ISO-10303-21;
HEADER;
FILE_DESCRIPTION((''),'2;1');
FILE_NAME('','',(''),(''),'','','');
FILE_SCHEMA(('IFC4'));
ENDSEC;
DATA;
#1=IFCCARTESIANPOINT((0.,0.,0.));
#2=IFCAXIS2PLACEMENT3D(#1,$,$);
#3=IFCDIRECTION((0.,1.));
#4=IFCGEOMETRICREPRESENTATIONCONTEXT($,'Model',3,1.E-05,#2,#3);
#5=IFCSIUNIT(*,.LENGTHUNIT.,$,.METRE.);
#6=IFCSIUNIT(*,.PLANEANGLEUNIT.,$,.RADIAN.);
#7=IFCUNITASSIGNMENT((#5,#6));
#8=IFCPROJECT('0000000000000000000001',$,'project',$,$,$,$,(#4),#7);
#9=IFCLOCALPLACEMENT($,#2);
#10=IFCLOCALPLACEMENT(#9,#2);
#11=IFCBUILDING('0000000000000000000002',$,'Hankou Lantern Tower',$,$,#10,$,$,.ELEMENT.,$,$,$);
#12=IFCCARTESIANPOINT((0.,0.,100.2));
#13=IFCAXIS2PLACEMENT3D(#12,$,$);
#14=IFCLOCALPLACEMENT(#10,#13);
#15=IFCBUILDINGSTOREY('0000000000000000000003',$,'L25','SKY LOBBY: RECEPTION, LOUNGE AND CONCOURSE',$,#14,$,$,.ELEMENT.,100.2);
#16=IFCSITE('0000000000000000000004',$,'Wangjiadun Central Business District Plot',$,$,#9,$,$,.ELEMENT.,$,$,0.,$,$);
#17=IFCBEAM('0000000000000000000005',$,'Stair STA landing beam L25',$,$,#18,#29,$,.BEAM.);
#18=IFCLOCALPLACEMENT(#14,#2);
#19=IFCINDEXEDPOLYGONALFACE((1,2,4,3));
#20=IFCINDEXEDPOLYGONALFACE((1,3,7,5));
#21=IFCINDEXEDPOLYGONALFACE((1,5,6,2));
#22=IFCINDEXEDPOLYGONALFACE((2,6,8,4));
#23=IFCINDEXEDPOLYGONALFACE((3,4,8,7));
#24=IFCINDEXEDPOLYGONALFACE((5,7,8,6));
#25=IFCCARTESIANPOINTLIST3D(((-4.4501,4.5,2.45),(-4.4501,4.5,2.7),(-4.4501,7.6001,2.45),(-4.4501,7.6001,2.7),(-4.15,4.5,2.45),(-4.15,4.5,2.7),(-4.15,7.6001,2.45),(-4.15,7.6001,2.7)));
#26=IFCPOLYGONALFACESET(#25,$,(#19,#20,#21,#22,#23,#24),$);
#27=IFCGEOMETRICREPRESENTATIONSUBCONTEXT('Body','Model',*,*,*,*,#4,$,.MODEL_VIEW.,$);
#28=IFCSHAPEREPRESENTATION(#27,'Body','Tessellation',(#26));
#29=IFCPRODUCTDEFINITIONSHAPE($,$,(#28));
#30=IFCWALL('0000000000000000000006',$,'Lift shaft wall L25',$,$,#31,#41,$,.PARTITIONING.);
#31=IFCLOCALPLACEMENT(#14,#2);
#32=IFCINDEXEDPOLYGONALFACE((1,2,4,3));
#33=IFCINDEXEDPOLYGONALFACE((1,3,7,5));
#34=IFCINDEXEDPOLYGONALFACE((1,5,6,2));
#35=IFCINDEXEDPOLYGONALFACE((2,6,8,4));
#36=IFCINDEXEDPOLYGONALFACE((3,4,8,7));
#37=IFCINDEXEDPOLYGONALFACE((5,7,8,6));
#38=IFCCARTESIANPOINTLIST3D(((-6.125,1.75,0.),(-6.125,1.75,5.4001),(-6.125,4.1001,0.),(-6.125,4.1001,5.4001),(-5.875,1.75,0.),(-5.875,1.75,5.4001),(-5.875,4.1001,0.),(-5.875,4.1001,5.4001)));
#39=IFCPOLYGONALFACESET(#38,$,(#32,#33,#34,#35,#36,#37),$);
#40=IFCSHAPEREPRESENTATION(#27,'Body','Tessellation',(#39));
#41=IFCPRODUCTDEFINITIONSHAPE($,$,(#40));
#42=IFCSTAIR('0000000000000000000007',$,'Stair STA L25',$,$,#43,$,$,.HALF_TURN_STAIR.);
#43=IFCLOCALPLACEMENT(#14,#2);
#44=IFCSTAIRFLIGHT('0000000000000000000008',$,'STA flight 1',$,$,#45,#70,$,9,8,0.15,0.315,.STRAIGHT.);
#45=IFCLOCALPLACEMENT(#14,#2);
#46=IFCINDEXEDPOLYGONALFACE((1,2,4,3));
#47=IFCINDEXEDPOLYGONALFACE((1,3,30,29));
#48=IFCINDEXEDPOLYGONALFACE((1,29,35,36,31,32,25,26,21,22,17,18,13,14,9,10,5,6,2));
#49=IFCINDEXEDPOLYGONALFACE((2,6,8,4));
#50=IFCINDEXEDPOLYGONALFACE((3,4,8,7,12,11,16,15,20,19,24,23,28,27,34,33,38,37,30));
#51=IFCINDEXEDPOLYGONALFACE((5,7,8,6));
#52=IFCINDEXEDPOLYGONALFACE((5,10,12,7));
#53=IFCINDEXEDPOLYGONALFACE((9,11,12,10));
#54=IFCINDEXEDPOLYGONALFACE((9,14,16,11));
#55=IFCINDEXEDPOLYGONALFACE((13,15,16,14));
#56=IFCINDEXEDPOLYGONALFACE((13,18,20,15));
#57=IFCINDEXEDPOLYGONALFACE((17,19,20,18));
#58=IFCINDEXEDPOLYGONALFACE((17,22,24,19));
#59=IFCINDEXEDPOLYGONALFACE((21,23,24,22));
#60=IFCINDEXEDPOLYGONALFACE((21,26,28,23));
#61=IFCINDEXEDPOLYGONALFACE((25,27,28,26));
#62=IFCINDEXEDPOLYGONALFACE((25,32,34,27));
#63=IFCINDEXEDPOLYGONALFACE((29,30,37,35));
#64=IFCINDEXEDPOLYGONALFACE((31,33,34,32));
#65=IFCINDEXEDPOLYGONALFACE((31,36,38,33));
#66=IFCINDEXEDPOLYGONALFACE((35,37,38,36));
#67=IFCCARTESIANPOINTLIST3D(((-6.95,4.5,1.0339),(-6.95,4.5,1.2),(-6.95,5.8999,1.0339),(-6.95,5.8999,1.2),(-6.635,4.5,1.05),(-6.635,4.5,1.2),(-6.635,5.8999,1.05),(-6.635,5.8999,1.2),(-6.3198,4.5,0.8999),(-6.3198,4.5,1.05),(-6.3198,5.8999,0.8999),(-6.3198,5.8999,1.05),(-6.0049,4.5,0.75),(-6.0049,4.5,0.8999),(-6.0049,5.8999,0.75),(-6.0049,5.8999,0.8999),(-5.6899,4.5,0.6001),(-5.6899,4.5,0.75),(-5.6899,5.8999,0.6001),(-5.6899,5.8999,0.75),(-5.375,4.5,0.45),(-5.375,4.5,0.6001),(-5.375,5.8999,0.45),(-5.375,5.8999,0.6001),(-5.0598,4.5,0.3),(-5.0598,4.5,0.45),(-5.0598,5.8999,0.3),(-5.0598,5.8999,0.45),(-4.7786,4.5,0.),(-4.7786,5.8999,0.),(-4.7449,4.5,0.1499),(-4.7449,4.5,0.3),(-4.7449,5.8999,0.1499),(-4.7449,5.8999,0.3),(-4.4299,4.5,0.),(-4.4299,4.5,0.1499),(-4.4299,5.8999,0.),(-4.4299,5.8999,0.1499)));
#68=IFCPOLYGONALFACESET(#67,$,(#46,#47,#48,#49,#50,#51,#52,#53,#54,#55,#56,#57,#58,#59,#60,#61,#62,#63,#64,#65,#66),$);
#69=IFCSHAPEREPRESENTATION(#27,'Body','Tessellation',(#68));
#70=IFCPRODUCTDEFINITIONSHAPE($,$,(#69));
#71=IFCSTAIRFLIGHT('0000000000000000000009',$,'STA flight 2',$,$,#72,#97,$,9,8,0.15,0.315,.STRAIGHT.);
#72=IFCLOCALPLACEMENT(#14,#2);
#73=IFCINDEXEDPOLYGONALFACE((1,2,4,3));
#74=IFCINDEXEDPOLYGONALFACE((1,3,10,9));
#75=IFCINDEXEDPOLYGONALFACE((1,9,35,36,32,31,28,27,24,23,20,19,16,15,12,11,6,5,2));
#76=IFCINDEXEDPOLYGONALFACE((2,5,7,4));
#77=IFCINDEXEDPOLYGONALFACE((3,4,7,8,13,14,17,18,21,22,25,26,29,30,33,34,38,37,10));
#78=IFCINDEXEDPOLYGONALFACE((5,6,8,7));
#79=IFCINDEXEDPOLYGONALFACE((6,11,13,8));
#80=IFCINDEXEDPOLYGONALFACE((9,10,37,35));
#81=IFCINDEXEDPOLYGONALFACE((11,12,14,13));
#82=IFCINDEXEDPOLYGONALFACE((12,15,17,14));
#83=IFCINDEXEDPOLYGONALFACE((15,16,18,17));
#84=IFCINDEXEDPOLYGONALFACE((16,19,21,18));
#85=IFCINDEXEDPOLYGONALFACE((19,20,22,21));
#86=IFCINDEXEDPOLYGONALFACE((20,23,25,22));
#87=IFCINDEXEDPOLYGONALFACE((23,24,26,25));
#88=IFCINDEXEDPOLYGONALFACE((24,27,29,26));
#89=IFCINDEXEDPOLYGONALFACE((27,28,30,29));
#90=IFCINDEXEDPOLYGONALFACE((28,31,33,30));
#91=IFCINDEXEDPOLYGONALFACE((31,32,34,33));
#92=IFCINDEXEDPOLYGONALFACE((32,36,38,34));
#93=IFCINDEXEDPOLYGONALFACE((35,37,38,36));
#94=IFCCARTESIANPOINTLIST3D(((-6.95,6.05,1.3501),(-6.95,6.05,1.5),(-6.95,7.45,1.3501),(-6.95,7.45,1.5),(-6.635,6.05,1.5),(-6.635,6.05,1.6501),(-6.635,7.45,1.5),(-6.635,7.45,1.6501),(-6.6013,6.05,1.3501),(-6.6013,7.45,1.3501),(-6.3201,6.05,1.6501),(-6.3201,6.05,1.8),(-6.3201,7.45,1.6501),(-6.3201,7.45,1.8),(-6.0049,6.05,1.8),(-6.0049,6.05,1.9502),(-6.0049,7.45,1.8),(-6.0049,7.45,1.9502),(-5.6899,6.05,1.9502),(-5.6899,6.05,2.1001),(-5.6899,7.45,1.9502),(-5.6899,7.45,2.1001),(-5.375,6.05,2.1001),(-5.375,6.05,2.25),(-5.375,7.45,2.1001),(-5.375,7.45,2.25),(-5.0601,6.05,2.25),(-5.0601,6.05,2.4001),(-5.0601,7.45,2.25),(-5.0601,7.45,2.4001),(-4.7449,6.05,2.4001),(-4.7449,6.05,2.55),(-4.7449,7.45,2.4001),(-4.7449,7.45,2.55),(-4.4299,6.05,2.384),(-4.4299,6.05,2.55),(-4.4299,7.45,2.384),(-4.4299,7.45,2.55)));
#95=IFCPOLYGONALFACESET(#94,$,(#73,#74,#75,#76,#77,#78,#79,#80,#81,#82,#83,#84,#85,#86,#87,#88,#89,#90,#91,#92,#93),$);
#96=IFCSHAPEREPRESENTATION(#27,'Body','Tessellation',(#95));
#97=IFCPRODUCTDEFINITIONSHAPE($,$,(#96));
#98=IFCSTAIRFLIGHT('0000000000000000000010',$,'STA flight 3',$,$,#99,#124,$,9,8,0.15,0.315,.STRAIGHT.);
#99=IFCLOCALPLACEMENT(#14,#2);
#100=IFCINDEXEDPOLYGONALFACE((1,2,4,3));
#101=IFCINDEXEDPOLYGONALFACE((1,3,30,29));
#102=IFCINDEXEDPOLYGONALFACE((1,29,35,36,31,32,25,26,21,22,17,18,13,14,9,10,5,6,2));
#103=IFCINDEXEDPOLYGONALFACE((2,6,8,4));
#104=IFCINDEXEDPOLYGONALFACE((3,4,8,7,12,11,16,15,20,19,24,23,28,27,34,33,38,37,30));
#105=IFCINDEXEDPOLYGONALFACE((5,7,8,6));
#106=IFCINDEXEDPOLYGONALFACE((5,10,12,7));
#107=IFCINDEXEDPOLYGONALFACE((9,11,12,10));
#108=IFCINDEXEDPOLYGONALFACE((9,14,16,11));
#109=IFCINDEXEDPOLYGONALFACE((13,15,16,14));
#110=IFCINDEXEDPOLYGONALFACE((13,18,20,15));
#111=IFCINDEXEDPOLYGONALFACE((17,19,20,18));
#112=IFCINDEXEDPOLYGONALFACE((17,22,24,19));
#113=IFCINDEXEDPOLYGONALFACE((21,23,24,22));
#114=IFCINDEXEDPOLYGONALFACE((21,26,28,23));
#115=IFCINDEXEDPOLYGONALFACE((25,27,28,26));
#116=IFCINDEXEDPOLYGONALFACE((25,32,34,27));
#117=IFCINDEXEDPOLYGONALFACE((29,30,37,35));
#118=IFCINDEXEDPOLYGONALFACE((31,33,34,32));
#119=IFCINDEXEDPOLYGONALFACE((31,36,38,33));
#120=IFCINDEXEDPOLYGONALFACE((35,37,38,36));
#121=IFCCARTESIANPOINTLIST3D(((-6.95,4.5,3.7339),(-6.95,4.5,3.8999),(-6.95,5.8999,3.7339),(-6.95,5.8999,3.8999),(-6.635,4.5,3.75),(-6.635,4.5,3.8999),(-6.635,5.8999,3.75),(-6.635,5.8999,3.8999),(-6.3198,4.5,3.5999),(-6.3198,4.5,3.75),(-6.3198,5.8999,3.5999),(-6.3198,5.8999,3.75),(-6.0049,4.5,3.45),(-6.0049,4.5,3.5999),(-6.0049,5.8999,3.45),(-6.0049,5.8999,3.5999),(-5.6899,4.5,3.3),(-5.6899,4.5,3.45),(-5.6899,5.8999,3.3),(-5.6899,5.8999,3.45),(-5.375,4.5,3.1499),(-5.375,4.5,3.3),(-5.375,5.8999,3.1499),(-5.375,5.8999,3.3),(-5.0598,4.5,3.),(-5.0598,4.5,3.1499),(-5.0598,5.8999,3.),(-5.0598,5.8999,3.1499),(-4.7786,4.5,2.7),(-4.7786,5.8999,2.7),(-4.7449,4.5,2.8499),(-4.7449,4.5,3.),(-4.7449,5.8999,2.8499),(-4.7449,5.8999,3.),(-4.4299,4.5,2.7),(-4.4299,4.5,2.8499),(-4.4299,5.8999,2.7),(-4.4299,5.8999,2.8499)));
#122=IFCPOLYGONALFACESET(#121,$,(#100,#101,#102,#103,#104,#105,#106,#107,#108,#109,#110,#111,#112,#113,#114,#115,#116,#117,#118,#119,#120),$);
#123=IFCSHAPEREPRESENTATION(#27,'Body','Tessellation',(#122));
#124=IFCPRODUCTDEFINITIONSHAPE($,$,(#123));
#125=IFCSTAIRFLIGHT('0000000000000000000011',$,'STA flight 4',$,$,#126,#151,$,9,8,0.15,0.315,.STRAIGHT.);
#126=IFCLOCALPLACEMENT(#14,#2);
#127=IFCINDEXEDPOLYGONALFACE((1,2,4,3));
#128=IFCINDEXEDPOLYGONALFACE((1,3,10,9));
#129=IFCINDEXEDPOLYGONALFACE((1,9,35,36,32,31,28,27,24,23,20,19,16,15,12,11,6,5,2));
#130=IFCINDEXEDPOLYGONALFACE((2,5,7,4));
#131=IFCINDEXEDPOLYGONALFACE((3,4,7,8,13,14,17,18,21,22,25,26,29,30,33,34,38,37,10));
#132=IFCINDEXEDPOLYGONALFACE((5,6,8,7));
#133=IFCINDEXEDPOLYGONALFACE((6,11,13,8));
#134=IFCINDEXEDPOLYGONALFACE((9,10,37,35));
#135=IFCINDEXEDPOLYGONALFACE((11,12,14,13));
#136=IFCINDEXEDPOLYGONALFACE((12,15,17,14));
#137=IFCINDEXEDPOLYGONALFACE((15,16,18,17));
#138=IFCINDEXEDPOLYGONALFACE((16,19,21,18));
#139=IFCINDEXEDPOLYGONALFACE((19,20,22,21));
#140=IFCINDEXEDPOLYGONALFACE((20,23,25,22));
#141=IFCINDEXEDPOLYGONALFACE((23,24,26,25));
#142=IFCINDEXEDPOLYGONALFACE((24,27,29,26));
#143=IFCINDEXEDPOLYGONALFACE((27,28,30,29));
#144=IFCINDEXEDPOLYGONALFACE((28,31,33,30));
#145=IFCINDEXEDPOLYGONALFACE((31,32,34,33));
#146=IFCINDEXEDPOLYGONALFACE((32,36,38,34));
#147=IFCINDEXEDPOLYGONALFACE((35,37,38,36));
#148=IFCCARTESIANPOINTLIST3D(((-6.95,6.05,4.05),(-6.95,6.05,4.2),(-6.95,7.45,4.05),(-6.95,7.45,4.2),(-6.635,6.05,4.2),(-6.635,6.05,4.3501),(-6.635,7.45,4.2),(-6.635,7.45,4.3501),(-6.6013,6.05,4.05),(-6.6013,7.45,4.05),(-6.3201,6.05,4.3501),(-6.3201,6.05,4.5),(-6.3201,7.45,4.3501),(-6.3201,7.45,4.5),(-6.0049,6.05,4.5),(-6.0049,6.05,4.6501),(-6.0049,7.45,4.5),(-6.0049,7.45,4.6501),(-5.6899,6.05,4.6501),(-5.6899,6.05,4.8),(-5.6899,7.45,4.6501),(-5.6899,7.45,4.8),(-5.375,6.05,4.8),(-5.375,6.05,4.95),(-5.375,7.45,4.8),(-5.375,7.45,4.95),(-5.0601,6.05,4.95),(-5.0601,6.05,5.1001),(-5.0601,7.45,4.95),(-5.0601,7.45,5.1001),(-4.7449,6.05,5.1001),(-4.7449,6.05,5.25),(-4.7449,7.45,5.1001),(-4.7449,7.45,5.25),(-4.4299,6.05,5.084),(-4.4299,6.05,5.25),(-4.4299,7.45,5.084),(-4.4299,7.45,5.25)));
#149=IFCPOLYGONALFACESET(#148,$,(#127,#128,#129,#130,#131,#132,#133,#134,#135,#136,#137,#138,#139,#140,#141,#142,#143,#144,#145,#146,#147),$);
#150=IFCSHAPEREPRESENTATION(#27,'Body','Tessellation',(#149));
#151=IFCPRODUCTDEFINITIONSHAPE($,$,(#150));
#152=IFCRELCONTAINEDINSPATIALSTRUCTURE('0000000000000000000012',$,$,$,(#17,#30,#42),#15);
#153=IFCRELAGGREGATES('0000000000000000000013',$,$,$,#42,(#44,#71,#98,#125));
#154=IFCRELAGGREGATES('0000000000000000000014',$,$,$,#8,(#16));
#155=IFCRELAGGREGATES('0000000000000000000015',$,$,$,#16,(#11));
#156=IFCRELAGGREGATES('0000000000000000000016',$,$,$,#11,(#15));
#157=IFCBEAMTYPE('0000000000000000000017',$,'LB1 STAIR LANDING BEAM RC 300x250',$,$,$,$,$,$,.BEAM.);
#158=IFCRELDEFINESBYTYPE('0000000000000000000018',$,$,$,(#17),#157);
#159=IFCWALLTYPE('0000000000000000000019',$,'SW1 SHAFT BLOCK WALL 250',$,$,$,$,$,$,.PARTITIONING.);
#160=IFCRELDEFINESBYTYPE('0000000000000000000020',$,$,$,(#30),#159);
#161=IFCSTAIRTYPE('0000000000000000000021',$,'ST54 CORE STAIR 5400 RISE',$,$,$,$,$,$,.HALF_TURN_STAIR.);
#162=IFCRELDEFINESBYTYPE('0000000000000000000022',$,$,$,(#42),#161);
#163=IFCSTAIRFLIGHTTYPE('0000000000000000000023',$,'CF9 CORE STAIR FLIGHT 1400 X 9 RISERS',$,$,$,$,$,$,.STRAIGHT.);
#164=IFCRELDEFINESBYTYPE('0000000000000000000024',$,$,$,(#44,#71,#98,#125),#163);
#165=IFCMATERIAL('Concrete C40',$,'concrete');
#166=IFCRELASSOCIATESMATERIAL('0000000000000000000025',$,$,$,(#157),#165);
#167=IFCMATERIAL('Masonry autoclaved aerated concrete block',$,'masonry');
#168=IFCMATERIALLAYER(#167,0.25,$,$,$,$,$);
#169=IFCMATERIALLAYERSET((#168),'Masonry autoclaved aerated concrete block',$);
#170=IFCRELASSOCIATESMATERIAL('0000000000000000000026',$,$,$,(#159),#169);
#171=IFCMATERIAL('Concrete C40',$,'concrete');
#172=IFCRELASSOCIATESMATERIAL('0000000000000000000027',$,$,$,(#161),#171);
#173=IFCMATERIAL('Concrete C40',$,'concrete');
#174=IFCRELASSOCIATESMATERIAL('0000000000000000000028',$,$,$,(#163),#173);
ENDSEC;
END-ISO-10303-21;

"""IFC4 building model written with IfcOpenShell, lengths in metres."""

from ifc_helpers import new_model, si_unit, direction, frame, frame_2d, origin, origin_2d, place, context, subcontext, project, spatial, polyline, rectangle, outline, extrude, material, layer, layer_set, material_profile, profile_set, type_object, element, aggregate, save


model = new_model("IFC4")

# Units and contexts
model_context = context("Model", 3, precision=1e-05, world=origin(), true_north=direction((0.0, 1.0)))
body_context = subcontext(model_context, "Body", "Model", "MODEL_VIEW")
ifc_project = project(units=[si_unit("LENGTHUNIT", "METRE"), si_unit("PLANEANGLEUNIT", "RADIAN")], contexts=[model_context])

# Site, building, storey
site_placement = place(None, origin())
site = spatial("IfcSite", under=ifc_project, at=site_placement, Name="Wangjiadun Central Business District Plot", CompositionType="ELEMENT", RefElevation=0.0)
building_placement = place(site_placement, origin())
building = spatial("IfcBuilding", under=site, at=building_placement, Name="Hankou Lantern Tower", CompositionType="ELEMENT")
storey_placement = place(building_placement, frame((0.0, 0.0, 100.2)))
storey = spatial("IfcBuildingStorey", under=building, at=storey_placement, Name="L25", Description="SKY LOBBY: RECEPTION, LOUNGE AND CONCOURSE", CompositionType="ELEMENT", Elevation=100.2)

# Beam
ifc_material_1 = material(Name="Concrete C40", Category="concrete")
ifc_material_profile = material_profile(ifc_material_1, rectangle(XDim=0.3, YDim=0.25, at=origin_2d()), Name="RC 300x250")
ifc_profile_set = profile_set([ifc_material_profile], Name="Concrete C40")
beam_type = type_object("IfcBeamType", Name="LB1 STAIR LANDING BEAM RC 300x250", PredefinedType="BEAM", material=ifc_profile_set)
beam_placement = place(storey_placement, frame((-4.3, 4.5, 2.575), z_axis=(0.0, 1.0, 0.0), x_axis=(-1.0, 0.0, 0.0)))
element("IfcBeam", 1, at=beam_placement, inside=storey, type_object=beam_type, Name="Stair STA landing beam L25", PredefinedType="BEAM", context=body_context, shape_type="SweptSolid", body=[
    extrude(rectangle(XDim=0.3, YDim=0.25, at=origin_2d()), origin(), (0.0, 0.0, 1.0), 3.1001),
])

# Wall
ifc_material_2 = material(Name="Masonry autoclaved aerated concrete block", Category="masonry")
ifc_layer = layer(ifc_material_2, 0.25)
ifc_layer_set = layer_set([ifc_layer], Name="Masonry autoclaved aerated concrete block")
wall_type = type_object("IfcWallType", Name="SW1 SHAFT BLOCK WALL 250", PredefinedType="PARTITIONING", material=ifc_layer_set)
wall_placement = place(storey_placement, frame((-6.0, 1.75, 0.0), z_axis=(0.0, 0.0, 1.0), x_axis=(0.0, 1.0, 0.0)))
element("IfcWall", 2, at=wall_placement, inside=storey, type_object=wall_type, Name="Lift shaft wall L25", PredefinedType="PARTITIONING", context=body_context, shape_type="SweptSolid", body=[
    extrude(rectangle(XDim=2.3501, YDim=0.25, at=frame_2d((1.175, 0.0))), origin(), (0.0, 0.0, 1.0), 5.4001),
])

# Stair, stair flights
ifc_material_3 = material(Name="Concrete C40", Category="concrete")
stair_type = type_object("IfcStairType", Name="ST54 CORE STAIR 5400 RISE", PredefinedType="HALF_TURN_STAIR", material=ifc_material_3)
stair_placement = place(storey_placement, origin())
stair = element("IfcStair", 3, at=stair_placement, inside=storey, type_object=stair_type, Name="Stair STA L25", PredefinedType="HALF_TURN_STAIR")
ifc_material_4 = material(Name="Concrete C40", Category="concrete")
stair_flight_type = type_object("IfcStairFlightType", Name="CF9 CORE STAIR FLIGHT 1400 X 9 RISERS", PredefinedType="STRAIGHT", material=ifc_material_4)
stair_flight_1_placement = place(storey_placement, frame((-4.4299, 5.2, 0.0), z_axis=(0.0, 0.0, 1.0), x_axis=(-1.0, 0.0, 0.0)))
stair_flight_1 = element("IfcStairFlight", 4, at=stair_flight_1_placement, type_object=stair_flight_type, Name="STA flight 1", NumberOfRisers=9, NumberOfTreads=8, PredefinedType="STRAIGHT", RiserHeight=0.15, TreadLength=0.315, context=body_context, shape_type="SweptSolid", body=[
    extrude(outline(polyline([(0.0, 0.0), (0.0, 0.1499), (0.3149, 0.1499), (0.3149, 0.3), (0.6299, 0.3), (0.6299, 0.45), (0.9451, 0.45), (0.9451, 0.6001), (1.26, 0.6001), (1.26, 0.75), (1.575, 0.75), (1.575, 0.8999), (1.8899, 0.8999), (1.8899, 1.05), (2.2051, 1.05), (2.2051, 1.2), (2.52, 1.2), (2.52, 1.3501), (2.52, 1.0339), (0.3486, 0.0), (0.0, 0.0)])), frame((0.0, 0.7, 0.0), z_axis=(0.0, -1.0, 0.0), x_axis=(1.0, 0.0, 0.0)), (0.0, 0.0, 1.0), 1.3999),
])
stair_flight_2_placement = place(storey_placement, frame((-6.95, 6.75, 1.3501), z_axis=(0.0, 0.0, 1.0), x_axis=(1.0, 0.0, 0.0)))
stair_flight_2 = element("IfcStairFlight", 5, at=stair_flight_2_placement, type_object=stair_flight_type, Name="STA flight 2", NumberOfRisers=9, NumberOfTreads=8, PredefinedType="STRAIGHT", RiserHeight=0.15, TreadLength=0.315, context=body_context, shape_type="SweptSolid", body=[
    extrude(outline(polyline([(0.0, 0.0), (0.0, 0.1499), (0.3149, 0.1499), (0.3149, 0.3), (0.6299, 0.3), (0.6299, 0.45), (0.9451, 0.45), (0.9451, 0.6001), (1.26, 0.6001), (1.26, 0.75), (1.575, 0.75), (1.575, 0.8999), (1.8899, 0.8999), (1.8899, 1.05), (2.2051, 1.05), (2.2051, 1.2), (2.52, 1.2), (2.52, 1.3501), (2.52, 1.0339), (0.3486, 0.0), (0.0, 0.0)])), frame((0.0, 0.7, 0.0), z_axis=(0.0, -1.0, 0.0), x_axis=(1.0, 0.0, 0.0)), (0.0, 0.0, 1.0), 1.3999),
])
stair_flight_3_placement = place(storey_placement, frame((-4.4299, 5.2, 2.7), z_axis=(0.0, 0.0, 1.0), x_axis=(-1.0, 0.0, 0.0)))
stair_flight_3 = element("IfcStairFlight", 6, at=stair_flight_3_placement, type_object=stair_flight_type, Name="STA flight 3", NumberOfRisers=9, NumberOfTreads=8, PredefinedType="STRAIGHT", RiserHeight=0.15, TreadLength=0.315, context=body_context, shape_type="SweptSolid", body=[
    extrude(outline(polyline([(0.0, 0.0), (0.0, 0.1499), (0.3149, 0.1499), (0.3149, 0.3), (0.6299, 0.3), (0.6299, 0.45), (0.9451, 0.45), (0.9451, 0.6001), (1.26, 0.6001), (1.26, 0.75), (1.575, 0.75), (1.575, 0.8999), (1.8899, 0.8999), (1.8899, 1.05), (2.2051, 1.05), (2.2051, 1.2), (2.52, 1.2), (2.52, 1.3501), (2.52, 1.0339), (0.3486, 0.0), (0.0, 0.0)])), frame((0.0, 0.7, 0.0), z_axis=(0.0, -1.0, 0.0), x_axis=(1.0, 0.0, 0.0)), (0.0, 0.0, 1.0), 1.3999),
])
stair_flight_4_placement = place(storey_placement, frame((-6.95, 6.75, 4.05), z_axis=(0.0, 0.0, 1.0), x_axis=(1.0, 0.0, 0.0)))
stair_flight_4 = element("IfcStairFlight", 7, at=stair_flight_4_placement, type_object=stair_flight_type, Name="STA flight 4", NumberOfRisers=9, NumberOfTreads=8, PredefinedType="STRAIGHT", RiserHeight=0.15, TreadLength=0.315, context=body_context, shape_type="SweptSolid", body=[
    extrude(outline(polyline([(0.0, 0.0), (0.0, 0.1499), (0.3149, 0.1499), (0.3149, 0.3), (0.6299, 0.3), (0.6299, 0.45), (0.9451, 0.45), (0.9451, 0.6001), (1.26, 0.6001), (1.26, 0.75), (1.575, 0.75), (1.575, 0.8999), (1.8899, 0.8999), (1.8899, 1.05), (2.2051, 1.05), (2.2051, 1.2), (2.52, 1.2), (2.52, 1.3501), (2.52, 1.0339), (0.3486, 0.0), (0.0, 0.0)])), frame((0.0, 0.7, 0.0), z_axis=(0.0, -1.0, 0.0), x_axis=(1.0, 0.0, 0.0)), (0.0, 0.0, 1.0), 1.3999),
])
aggregate(stair, [stair_flight_1, stair_flight_2, stair_flight_3, stair_flight_4])

save(model, "model.ifc")
